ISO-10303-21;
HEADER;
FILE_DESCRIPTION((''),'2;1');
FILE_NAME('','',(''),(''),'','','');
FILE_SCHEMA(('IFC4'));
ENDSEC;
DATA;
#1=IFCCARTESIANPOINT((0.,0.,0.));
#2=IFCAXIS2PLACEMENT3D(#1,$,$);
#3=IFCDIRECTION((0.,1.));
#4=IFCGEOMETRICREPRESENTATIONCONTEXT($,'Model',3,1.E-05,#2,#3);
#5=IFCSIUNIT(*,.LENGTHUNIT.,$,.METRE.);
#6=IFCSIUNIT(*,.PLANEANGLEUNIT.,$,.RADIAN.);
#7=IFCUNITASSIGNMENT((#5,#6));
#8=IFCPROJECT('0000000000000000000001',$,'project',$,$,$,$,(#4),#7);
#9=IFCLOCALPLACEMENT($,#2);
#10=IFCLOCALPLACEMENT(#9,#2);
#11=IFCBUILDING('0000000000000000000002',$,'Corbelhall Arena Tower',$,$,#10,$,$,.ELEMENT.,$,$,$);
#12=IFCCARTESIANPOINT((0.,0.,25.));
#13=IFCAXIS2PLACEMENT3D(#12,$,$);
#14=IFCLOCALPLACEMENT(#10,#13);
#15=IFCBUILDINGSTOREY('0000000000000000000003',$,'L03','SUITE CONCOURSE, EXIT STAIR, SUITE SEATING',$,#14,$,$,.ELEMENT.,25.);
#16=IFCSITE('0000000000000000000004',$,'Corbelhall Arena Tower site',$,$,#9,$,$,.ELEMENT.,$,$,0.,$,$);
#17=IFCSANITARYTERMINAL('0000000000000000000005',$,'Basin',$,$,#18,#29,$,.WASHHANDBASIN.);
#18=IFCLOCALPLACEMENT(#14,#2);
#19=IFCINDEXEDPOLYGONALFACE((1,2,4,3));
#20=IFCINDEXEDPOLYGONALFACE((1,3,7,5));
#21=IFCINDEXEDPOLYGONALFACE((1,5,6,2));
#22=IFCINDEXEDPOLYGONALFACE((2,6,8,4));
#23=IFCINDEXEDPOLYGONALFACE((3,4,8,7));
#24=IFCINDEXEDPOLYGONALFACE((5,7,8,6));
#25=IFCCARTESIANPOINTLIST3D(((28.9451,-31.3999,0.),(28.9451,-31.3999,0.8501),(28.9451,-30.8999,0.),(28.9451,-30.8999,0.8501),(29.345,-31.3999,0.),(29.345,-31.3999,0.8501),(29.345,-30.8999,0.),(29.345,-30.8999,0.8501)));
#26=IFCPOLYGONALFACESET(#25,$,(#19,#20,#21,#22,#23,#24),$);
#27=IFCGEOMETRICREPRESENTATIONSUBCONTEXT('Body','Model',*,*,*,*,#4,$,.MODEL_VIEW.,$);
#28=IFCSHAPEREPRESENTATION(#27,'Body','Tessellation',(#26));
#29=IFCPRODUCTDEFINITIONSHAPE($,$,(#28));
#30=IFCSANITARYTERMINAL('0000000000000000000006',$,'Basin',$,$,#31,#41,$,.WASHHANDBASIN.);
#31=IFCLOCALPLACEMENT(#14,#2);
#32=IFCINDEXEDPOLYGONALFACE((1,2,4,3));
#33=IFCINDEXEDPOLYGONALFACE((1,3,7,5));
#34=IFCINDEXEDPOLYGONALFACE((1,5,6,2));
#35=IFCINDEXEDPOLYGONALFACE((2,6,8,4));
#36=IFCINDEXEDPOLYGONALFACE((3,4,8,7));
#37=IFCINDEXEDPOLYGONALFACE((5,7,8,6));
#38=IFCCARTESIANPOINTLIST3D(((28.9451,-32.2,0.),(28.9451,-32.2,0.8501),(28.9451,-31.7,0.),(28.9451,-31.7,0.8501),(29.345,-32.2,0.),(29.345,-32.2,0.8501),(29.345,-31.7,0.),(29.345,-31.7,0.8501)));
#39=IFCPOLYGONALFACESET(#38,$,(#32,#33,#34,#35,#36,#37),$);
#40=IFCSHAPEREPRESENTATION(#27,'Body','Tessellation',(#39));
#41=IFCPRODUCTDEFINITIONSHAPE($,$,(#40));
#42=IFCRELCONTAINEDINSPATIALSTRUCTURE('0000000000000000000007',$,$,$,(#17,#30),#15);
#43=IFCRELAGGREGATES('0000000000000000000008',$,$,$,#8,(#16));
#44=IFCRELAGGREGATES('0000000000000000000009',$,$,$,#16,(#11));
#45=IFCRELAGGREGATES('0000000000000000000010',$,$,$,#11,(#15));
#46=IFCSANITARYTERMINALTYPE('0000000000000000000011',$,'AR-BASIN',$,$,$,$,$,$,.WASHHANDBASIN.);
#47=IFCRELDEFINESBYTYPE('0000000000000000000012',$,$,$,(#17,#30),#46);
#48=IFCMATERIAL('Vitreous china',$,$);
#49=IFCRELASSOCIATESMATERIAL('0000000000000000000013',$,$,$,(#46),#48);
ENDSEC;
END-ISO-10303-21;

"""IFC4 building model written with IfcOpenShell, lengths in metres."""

from ifc_helpers import new_model, si_unit, direction, frame, origin, origin_2d, place, context, subcontext, project, spatial, rectangle, extrude, material, type_object, element, save


model = new_model("IFC4")

# Units and contexts
model_context = context("Model", 3, precision=1e-05, world=origin(), true_north=direction((0.0, 1.0)))
body_context = subcontext(model_context, "Body", "Model", "MODEL_VIEW")
ifc_project = project(units=[si_unit("LENGTHUNIT", "METRE"), si_unit("PLANEANGLEUNIT", "RADIAN")], contexts=[model_context])

# Site, building, storey
site_placement = place(None, origin())
site = spatial("IfcSite", under=ifc_project, at=site_placement, Name="Corbelhall Arena Tower site", CompositionType="ELEMENT", RefElevation=0.0)
building_placement = place(site_placement, origin())
building = spatial("IfcBuilding", under=site, at=building_placement, Name="Corbelhall Arena Tower", CompositionType="ELEMENT")
storey_placement = place(building_placement, frame((0.0, 0.0, 25.0)))
storey = spatial("IfcBuildingStorey", under=building, at=storey_placement, Name="L03", Description="SUITE CONCOURSE, EXIT STAIR, SUITE SEATING", CompositionType="ELEMENT", Elevation=25.0)

# Sanitary terminals
ifc_material_1 = material(Name="Vitreous china")
sanitary_terminal_type = type_object("IfcSanitaryTerminalType", Name="AR-BASIN", PredefinedType="WASHHANDBASIN", material=ifc_material_1)
for number, where, z_axis, x_axis, name in (
    (1, (29.145, -31.1499, 0.0), (0.0, 0.0, 1.0), (1.0, 0.0, 0.0), "Basin"),
    (2, (29.145, -31.95, 0.0), (0.0, 0.0, 1.0), (1.0, 0.0, 0.0), "Basin"),
):
    element("IfcSanitaryTerminal", number, at=place(storey_placement, frame(where, z_axis=z_axis, x_axis=x_axis)), inside=storey, type_object=sanitary_terminal_type, Name=name, PredefinedType="WASHHANDBASIN", context=body_context, shape_type="SweptSolid", body=[
        extrude(rectangle(XDim=0.3999, YDim=0.5, at=origin_2d()), origin(), (0.0, 0.0, 1.0), 0.8501),
    ])

save(model, "model.ifc")
